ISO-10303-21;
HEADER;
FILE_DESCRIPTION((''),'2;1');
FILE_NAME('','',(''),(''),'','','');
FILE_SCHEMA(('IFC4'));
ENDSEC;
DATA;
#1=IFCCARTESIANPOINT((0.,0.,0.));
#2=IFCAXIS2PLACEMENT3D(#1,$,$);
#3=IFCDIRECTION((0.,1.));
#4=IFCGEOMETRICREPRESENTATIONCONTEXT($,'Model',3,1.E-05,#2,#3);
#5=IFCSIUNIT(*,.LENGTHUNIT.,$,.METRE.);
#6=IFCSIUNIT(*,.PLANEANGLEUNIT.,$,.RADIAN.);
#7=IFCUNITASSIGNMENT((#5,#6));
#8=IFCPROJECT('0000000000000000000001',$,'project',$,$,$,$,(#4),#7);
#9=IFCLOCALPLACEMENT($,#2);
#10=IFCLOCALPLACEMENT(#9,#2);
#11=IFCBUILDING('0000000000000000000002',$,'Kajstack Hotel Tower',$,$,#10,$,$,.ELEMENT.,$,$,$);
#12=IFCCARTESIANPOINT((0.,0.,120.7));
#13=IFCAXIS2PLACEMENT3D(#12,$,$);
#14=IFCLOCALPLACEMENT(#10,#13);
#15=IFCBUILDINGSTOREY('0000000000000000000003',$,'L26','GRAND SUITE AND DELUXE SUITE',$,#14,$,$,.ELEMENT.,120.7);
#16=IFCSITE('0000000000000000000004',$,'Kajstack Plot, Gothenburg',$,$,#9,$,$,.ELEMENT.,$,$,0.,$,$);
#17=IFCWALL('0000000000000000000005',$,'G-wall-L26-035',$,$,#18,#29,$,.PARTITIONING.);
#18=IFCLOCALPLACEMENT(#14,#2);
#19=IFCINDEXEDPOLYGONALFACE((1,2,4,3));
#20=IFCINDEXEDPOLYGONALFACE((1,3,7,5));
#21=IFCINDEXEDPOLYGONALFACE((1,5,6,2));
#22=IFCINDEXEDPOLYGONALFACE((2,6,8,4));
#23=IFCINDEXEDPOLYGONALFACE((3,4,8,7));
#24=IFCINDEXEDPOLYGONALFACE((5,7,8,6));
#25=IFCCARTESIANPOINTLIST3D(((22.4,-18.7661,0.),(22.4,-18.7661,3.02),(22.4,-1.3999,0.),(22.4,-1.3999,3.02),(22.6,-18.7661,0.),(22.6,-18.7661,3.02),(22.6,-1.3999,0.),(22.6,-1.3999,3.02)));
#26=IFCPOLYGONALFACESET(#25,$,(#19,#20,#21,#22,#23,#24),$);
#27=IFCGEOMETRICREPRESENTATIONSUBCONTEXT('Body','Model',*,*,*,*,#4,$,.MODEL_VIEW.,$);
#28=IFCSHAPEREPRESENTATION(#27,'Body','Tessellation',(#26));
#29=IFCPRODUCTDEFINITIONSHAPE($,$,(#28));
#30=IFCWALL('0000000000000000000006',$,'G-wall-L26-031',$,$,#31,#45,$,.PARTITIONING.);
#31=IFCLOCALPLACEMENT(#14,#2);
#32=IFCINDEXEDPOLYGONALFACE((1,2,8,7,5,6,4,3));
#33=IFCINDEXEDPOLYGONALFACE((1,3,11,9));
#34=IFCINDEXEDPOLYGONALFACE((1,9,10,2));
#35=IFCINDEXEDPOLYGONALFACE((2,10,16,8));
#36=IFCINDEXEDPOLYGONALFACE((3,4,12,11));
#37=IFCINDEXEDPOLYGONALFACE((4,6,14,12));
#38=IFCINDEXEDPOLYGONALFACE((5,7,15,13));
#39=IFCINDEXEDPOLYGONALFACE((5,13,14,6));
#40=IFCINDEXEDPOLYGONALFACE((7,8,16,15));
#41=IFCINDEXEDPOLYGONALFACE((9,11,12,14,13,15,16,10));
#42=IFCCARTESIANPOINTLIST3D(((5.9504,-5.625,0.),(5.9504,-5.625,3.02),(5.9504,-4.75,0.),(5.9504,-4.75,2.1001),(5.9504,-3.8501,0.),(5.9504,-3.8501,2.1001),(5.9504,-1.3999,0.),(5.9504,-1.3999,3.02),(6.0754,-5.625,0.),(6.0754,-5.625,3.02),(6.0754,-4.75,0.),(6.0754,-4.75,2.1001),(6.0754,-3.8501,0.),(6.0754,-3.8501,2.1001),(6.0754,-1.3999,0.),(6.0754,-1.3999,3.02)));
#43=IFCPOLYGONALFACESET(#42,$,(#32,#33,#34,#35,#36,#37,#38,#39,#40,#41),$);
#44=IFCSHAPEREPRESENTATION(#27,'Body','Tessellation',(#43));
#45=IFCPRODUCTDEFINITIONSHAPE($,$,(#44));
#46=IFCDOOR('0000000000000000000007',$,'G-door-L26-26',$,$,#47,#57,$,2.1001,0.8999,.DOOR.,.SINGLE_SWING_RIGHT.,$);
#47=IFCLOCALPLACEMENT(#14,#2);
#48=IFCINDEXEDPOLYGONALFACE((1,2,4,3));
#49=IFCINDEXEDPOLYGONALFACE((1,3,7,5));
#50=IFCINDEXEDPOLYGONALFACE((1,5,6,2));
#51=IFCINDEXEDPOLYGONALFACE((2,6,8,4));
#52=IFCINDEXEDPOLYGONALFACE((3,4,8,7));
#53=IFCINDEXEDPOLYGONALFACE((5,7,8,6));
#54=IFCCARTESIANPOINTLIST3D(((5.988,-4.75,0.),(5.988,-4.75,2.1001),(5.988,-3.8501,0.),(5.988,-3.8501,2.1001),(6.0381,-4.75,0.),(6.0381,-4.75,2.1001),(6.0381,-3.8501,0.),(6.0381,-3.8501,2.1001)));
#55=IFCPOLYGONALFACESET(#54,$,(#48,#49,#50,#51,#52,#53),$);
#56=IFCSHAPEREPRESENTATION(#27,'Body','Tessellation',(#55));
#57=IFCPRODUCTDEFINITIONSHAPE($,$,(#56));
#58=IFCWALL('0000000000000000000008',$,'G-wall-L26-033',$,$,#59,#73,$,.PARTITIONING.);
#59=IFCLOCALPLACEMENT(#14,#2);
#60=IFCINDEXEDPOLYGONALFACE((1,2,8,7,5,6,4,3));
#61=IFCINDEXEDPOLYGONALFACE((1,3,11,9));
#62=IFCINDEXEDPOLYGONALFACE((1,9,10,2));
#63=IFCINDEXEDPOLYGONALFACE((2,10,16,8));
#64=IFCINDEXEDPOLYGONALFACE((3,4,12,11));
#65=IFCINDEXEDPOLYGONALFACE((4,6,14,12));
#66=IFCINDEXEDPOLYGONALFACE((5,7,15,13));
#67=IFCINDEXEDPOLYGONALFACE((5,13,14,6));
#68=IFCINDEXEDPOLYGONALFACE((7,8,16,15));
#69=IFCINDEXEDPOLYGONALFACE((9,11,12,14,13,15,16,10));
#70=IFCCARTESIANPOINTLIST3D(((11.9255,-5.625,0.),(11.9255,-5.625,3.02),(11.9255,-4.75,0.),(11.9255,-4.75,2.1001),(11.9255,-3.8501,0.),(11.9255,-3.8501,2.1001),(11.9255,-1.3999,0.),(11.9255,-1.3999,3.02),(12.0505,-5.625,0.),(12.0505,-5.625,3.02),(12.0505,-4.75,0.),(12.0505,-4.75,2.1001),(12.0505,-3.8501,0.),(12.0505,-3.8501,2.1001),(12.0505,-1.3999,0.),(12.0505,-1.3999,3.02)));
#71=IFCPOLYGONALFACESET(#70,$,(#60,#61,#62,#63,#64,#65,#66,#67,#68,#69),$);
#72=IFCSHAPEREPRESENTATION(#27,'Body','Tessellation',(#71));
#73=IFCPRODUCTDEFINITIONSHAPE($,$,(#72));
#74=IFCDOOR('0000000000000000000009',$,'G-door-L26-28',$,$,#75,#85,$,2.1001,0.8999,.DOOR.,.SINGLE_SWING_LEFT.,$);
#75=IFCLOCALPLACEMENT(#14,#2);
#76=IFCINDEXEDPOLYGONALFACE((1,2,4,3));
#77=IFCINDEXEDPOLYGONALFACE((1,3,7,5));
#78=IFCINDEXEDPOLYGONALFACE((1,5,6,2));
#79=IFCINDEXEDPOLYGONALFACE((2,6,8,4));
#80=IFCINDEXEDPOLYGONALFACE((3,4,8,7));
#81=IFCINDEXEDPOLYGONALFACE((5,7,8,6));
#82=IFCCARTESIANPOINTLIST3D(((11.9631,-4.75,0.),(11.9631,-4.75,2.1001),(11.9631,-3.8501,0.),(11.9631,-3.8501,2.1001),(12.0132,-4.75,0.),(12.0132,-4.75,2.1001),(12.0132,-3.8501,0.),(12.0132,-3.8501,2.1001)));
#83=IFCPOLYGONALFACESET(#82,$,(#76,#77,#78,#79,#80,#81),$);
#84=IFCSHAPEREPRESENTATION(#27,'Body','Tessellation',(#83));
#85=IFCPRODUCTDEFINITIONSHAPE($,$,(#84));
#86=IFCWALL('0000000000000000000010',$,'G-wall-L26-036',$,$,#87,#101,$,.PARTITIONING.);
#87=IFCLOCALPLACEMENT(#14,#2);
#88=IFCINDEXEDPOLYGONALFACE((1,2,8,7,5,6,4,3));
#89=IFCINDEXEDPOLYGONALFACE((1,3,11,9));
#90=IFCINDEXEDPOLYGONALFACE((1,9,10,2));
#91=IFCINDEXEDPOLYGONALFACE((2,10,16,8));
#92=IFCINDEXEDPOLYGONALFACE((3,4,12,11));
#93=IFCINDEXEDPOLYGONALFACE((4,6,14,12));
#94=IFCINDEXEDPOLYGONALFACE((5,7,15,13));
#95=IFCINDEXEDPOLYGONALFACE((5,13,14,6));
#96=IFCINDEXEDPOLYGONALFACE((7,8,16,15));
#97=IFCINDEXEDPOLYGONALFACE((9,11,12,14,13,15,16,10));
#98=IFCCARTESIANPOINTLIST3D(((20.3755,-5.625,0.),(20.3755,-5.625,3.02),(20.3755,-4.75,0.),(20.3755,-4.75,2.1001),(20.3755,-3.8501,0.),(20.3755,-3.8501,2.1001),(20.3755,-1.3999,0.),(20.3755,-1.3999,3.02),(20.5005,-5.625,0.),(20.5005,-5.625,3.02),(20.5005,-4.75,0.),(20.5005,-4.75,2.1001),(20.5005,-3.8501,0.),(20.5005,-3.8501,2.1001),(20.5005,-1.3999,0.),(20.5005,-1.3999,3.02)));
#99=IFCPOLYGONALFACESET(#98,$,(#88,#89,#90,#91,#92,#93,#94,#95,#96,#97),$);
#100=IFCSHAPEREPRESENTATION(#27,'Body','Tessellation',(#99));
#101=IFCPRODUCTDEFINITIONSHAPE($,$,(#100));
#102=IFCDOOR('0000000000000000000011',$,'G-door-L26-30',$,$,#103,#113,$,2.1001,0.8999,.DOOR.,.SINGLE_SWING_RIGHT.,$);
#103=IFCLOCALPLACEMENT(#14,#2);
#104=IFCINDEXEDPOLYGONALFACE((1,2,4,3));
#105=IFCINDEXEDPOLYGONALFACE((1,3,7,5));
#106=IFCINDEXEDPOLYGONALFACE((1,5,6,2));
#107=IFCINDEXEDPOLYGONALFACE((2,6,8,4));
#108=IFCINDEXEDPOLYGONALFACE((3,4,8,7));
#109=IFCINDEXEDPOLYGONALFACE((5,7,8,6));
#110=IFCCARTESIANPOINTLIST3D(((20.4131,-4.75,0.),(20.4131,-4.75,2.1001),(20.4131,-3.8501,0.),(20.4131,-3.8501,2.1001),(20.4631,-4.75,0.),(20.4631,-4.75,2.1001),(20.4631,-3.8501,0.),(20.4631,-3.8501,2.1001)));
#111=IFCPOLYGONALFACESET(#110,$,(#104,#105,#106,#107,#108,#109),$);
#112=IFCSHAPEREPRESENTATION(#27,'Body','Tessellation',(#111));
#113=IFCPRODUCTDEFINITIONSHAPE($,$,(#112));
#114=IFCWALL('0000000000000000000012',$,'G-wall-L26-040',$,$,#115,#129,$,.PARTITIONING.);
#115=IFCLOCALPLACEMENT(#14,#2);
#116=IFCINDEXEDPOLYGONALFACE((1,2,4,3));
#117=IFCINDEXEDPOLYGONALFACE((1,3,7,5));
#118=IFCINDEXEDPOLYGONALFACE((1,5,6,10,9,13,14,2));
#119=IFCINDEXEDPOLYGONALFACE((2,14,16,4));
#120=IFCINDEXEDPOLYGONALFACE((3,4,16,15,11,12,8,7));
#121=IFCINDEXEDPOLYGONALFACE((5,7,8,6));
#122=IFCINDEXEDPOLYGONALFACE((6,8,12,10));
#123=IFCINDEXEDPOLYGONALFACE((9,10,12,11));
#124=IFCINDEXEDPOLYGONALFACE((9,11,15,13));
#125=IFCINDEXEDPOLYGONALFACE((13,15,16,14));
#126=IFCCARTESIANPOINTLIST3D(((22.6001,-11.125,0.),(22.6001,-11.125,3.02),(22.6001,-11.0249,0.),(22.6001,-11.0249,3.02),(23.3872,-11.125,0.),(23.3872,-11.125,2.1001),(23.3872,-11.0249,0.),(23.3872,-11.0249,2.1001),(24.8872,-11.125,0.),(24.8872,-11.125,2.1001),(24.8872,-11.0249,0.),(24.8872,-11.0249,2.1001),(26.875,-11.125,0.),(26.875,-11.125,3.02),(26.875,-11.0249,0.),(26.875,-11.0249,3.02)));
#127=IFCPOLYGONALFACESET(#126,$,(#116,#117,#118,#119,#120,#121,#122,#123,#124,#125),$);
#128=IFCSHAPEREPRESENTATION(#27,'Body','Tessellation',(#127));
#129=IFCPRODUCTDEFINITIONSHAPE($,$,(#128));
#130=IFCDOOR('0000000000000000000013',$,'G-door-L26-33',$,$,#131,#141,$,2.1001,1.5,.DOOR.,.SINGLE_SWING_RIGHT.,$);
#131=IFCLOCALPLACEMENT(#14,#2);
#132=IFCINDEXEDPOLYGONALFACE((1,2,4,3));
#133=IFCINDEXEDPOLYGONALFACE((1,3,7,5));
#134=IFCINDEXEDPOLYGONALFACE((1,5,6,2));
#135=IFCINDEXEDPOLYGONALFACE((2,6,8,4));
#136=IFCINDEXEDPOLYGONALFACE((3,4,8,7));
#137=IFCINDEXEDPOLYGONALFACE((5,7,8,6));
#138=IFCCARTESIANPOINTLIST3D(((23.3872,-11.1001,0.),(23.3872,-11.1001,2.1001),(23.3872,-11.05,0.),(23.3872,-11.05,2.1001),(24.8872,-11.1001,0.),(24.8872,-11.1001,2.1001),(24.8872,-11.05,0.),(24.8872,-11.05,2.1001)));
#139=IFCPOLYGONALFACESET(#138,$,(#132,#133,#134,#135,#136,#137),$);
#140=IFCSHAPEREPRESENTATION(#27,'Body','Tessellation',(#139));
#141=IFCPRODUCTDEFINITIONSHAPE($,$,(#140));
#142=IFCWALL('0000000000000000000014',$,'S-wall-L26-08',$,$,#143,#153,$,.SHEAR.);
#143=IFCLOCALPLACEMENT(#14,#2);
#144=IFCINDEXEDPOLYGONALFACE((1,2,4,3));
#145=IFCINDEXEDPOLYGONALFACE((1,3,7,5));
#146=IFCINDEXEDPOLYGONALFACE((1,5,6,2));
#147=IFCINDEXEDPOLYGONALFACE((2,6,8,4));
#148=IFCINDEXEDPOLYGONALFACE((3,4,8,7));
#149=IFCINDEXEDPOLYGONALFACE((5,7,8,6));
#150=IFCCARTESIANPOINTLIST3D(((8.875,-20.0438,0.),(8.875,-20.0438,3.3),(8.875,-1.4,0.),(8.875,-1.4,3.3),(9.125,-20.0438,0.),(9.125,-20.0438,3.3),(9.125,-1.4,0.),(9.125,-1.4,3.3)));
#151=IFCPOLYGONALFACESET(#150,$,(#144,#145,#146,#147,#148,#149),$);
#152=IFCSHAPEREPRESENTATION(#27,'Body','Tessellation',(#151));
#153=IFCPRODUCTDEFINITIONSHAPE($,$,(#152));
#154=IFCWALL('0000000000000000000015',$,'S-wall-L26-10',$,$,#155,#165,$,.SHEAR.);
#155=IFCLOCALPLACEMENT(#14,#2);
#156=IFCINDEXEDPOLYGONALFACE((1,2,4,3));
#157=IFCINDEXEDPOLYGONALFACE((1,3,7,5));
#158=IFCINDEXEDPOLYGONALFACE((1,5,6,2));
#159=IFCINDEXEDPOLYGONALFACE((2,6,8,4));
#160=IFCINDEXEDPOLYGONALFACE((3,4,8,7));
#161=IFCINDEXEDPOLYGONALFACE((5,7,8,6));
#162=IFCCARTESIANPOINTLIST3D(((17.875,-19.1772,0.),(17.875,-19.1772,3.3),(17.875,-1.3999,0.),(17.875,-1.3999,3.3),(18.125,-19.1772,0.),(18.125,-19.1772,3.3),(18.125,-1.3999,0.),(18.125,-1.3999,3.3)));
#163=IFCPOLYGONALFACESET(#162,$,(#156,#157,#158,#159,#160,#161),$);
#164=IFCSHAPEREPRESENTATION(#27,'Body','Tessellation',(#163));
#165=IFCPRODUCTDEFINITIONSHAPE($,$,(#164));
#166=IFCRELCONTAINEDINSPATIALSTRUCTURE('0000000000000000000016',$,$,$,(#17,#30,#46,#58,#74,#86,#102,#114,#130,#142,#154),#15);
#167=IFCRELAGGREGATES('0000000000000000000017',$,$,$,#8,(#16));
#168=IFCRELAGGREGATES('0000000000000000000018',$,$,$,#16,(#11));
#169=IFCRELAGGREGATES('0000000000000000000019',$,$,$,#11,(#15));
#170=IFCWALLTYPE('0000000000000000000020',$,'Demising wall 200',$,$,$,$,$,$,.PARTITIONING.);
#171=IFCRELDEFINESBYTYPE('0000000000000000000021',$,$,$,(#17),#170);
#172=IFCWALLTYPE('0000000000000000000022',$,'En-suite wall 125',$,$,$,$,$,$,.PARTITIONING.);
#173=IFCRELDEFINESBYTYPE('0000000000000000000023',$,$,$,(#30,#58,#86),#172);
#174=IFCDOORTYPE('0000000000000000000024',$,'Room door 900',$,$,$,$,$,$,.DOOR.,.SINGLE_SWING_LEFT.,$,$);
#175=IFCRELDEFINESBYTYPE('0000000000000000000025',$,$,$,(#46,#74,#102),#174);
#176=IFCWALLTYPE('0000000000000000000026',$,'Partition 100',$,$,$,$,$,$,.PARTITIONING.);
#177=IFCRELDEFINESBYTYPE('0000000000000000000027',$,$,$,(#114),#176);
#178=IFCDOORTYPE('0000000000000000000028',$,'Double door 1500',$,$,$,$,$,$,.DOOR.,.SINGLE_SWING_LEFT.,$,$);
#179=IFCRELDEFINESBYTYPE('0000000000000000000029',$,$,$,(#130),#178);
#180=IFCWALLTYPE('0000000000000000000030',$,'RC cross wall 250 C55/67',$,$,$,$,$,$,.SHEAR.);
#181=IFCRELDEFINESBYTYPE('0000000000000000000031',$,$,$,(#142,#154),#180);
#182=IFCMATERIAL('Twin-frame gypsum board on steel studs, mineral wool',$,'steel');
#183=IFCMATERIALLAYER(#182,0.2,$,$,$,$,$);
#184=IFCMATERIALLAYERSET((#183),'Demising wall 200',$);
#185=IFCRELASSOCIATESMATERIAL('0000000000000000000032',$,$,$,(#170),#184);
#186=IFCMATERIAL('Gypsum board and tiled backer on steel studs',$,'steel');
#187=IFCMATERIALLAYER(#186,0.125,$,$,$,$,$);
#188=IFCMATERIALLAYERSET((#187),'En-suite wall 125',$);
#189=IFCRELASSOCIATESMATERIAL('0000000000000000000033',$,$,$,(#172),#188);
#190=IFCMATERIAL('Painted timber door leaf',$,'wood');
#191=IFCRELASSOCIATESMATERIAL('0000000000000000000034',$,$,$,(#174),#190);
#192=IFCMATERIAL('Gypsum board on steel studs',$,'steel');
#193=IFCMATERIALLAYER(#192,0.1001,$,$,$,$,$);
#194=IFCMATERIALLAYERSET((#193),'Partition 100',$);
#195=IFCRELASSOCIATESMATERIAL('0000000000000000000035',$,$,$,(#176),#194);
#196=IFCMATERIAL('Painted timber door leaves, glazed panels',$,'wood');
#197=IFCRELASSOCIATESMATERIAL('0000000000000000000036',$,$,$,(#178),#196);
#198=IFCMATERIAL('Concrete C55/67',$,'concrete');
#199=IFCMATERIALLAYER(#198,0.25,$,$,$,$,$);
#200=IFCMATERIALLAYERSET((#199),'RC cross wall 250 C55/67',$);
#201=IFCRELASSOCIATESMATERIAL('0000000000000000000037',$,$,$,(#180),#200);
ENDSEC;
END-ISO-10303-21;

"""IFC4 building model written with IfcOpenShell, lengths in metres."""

from ifc_helpers import new_model, si_unit, direction, frame, frame_2d, origin, place, context, subcontext, project, spatial, rectangle, extrude, material, layer, layer_set, type_object, element, fill, save


model = new_model("IFC4")

# Units and contexts
model_context = context("Model", 3, precision=1e-05, world=origin(), true_north=direction((0.0, 1.0)))
body_context = subcontext(model_context, "Body", "Model", "MODEL_VIEW")
ifc_project = project(units=[si_unit("LENGTHUNIT", "METRE"), si_unit("PLANEANGLEUNIT", "RADIAN")], contexts=[model_context])

# Site, building, storey
site_placement = place(None, origin())
site = spatial("IfcSite", under=ifc_project, at=site_placement, Name="Kajstack Plot, Gothenburg", CompositionType="ELEMENT", RefElevation=0.0)
building_placement = place(site_placement, origin())
building = spatial("IfcBuilding", under=site, at=building_placement, Name="Kajstack Hotel Tower", CompositionType="ELEMENT")
storey_placement = place(building_placement, frame((0.0, 0.0, 120.7)))
storey = spatial("IfcBuildingStorey", under=building, at=storey_placement, Name="L26", Description="GRAND SUITE AND DELUXE SUITE", CompositionType="ELEMENT", Elevation=120.7)

# Wall
ifc_material_1 = material(Name="Twin-frame gypsum board on steel studs, mineral wool", Category="steel")
ifc_layer_1 = layer(ifc_material_1, 0.2)
ifc_layer_set_1 = layer_set([ifc_layer_1], Name="Demising wall 200")
wall_type_1 = type_object("IfcWallType", Name="Demising wall 200", PredefinedType="PARTITIONING", material=ifc_layer_set_1)
wall_1_placement = place(storey_placement, frame((22.5, -18.7661, 0.0), z_axis=(0.0, 0.0, 1.0), x_axis=(0.0, 1.0, 0.0)))
element("IfcWall", 1, at=wall_1_placement, inside=storey, type_object=wall_type_1, Name="G-wall-L26-035", PredefinedType="PARTITIONING", context=body_context, shape_type="SweptSolid", body=[
    extrude(rectangle(XDim=17.3662, YDim=0.2, at=frame_2d((8.6831, 0.0))), origin(), (0.0, 0.0, 1.0), 3.02),
])

# Walls, openings, doors
ifc_material_2 = material(Name="Gypsum board and tiled backer on steel studs", Category="steel")
ifc_layer_2 = layer(ifc_material_2, 0.125)
ifc_layer_set_2 = layer_set([ifc_layer_2], Name="En-suite wall 125")
wall_type_2 = type_object("IfcWallType", Name="En-suite wall 125", PredefinedType="PARTITIONING", material=ifc_layer_set_2)
wall_2_placement = place(storey_placement, frame((6.0129, -5.625, 0.0), z_axis=(0.0, 0.0, 1.0), x_axis=(0.0, 1.0, 0.0)))
wall_2 = element("IfcWall", 2, at=wall_2_placement, inside=storey, type_object=wall_type_2, Name="G-wall-L26-031", PredefinedType="PARTITIONING", context=body_context, shape_type="SweptSolid", body=[
    extrude(rectangle(XDim=4.2251, YDim=0.125, at=frame_2d((2.1125, 0.0))), origin(), (0.0, 0.0, 1.0), 3.02),
])
opening_1_placement = place(wall_2_placement, frame((0.875, 0.0, 0.0)))
opening_1 = element("IfcOpeningElement", 3, at=opening_1_placement, cuts=wall_2, PredefinedType="OPENING", context=body_context, shape_type="SweptSolid", body=[
    extrude(rectangle(XDim=0.8999, YDim=2.1001, at=frame_2d((0.45, 1.05))), frame((0.0, 0.0725, 0.0), z_axis=(0.0, -1.0, 0.0), x_axis=(1.0, 0.0, 0.0)), (0.0, 0.0, 1.0), 0.145),
])
ifc_material_3 = material(Name="Painted timber door leaf", Category="wood")
door_type_1 = type_object("IfcDoorType", Name="Room door 900", OperationType="SINGLE_SWING_LEFT", PredefinedType="DOOR", material=ifc_material_3)
door_1_placement = place(opening_1_placement, origin())
door_1 = element("IfcDoor", 4, at=door_1_placement, inside=storey, type_object=door_type_1, Name="G-door-L26-26", OperationType="SINGLE_SWING_RIGHT", OverallHeight=2.1001, OverallWidth=0.8999, PredefinedType="DOOR", context=body_context, shape_type="SweptSolid", body=[
    extrude(rectangle(XDim=0.8999, YDim=2.1001, at=frame_2d((0.45, 1.05))), frame((0.0, 0.0249, 0.0), z_axis=(0.0, -1.0, 0.0), x_axis=(1.0, 0.0, 0.0)), (0.0, 0.0, 1.0), 0.05),
])
fill(opening_1, door_1)
wall_3_placement = place(storey_placement, frame((11.988, -5.625, 0.0), z_axis=(0.0, 0.0, 1.0), x_axis=(0.0, 1.0, 0.0)))
wall_3 = element("IfcWall", 5, at=wall_3_placement, inside=storey, type_object=wall_type_2, Name="G-wall-L26-033", PredefinedType="PARTITIONING", context=body_context, shape_type="SweptSolid", body=[
    extrude(rectangle(XDim=4.2251, YDim=0.125, at=frame_2d((2.1125, 0.0))), origin(), (0.0, 0.0, 1.0), 3.02),
])
opening_2_placement = place(wall_3_placement, frame((0.875, 0.0, 0.0)))
opening_2 = element("IfcOpeningElement", 6, at=opening_2_placement, cuts=wall_3, PredefinedType="OPENING", context=body_context, shape_type="SweptSolid", body=[
    extrude(rectangle(XDim=0.8999, YDim=2.1001, at=frame_2d((0.45, 1.05))), frame((0.0, 0.0725, 0.0), z_axis=(0.0, -1.0, 0.0), x_axis=(1.0, 0.0, 0.0)), (0.0, 0.0, 1.0), 0.145),
])
door_2_placement = place(opening_2_placement, origin())
door_2 = element("IfcDoor", 7, at=door_2_placement, inside=storey, type_object=door_type_1, Name="G-door-L26-28", OperationType="SINGLE_SWING_LEFT", OverallHeight=2.1001, OverallWidth=0.8999, PredefinedType="DOOR", context=body_context, shape_type="SweptSolid", body=[
    extrude(rectangle(XDim=0.8999, YDim=2.1001, at=frame_2d((0.45, 1.05))), frame((0.0, 0.0249, 0.0), z_axis=(0.0, -1.0, 0.0), x_axis=(1.0, 0.0, 0.0)), (0.0, 0.0, 1.0), 0.05),
])
fill(opening_2, door_2)
wall_4_placement = place(storey_placement, frame((20.438, -5.625, 0.0), z_axis=(0.0, 0.0, 1.0), x_axis=(0.0, 1.0, 0.0)))
wall_4 = element("IfcWall", 8, at=wall_4_placement, inside=storey, type_object=wall_type_2, Name="G-wall-L26-036", PredefinedType="PARTITIONING", context=body_context, shape_type="SweptSolid", body=[
    extrude(rectangle(XDim=4.2251, YDim=0.125, at=frame_2d((2.1125, 0.0))), origin(), (0.0, 0.0, 1.0), 3.02),
])
opening_3_placement = place(wall_4_placement, frame((0.875, 0.0, 0.0)))
opening_3 = element("IfcOpeningElement", 9, at=opening_3_placement, cuts=wall_4, PredefinedType="OPENING", context=body_context, shape_type="SweptSolid", body=[
    extrude(rectangle(XDim=0.8999, YDim=2.1001, at=frame_2d((0.45, 1.05))), frame((0.0, 0.0725, 0.0), z_axis=(0.0, -1.0, 0.0), x_axis=(1.0, 0.0, 0.0)), (0.0, 0.0, 1.0), 0.145),
])
door_3_placement = place(opening_3_placement, origin())
door_3 = element("IfcDoor", 10, at=door_3_placement, inside=storey, type_object=door_type_1, Name="G-door-L26-30", OperationType="SINGLE_SWING_RIGHT", OverallHeight=2.1001, OverallWidth=0.8999, PredefinedType="DOOR", context=body_context, shape_type="SweptSolid", body=[
    extrude(rectangle(XDim=0.8999, YDim=2.1001, at=frame_2d((0.45, 1.05))), frame((0.0, 0.0249, 0.0), z_axis=(0.0, -1.0, 0.0), x_axis=(1.0, 0.0, 0.0)), (0.0, 0.0, 1.0), 0.05),
])
fill(opening_3, door_3)
ifc_material_4 = material(Name="Gypsum board on steel studs", Category="steel")
ifc_layer_3 = layer(ifc_material_4, 0.1001)
ifc_layer_set_3 = layer_set([ifc_layer_3], Name="Partition 100")
wall_type_3 = type_object("IfcWallType", Name="Partition 100", PredefinedType="PARTITIONING", material=ifc_layer_set_3)
wall_5_placement = place(storey_placement, frame((22.6001, -11.075, 0.0), z_axis=(0.0, 0.0, 1.0), x_axis=(1.0, 0.0, 0.0)))
wall_5 = element("IfcWall", 11, at=wall_5_placement, inside=storey, type_object=wall_type_3, Name="G-wall-L26-040", PredefinedType="PARTITIONING", context=body_context, shape_type="SweptSolid", body=[
    extrude(rectangle(XDim=4.2749, YDim=0.1001, at=frame_2d((2.1375, 0.0))), origin(), (0.0, 0.0, 1.0), 3.02),
])
opening_4_placement = place(wall_5_placement, frame((0.7871, 0.0, 0.0)))
opening_4 = element("IfcOpeningElement", 12, at=opening_4_placement, cuts=wall_5, PredefinedType="OPENING", context=body_context, shape_type="SweptSolid", body=[
    extrude(rectangle(XDim=1.5, YDim=2.1001, at=frame_2d((0.75, 1.05))), frame((0.0, 0.0601, 0.0), z_axis=(0.0, -1.0, 0.0), x_axis=(1.0, 0.0, 0.0)), (0.0, 0.0, 1.0), 0.1201),
])
ifc_material_5 = material(Name="Painted timber door leaves, glazed panels", Category="wood")
door_type_2 = type_object("IfcDoorType", Name="Double door 1500", OperationType="SINGLE_SWING_LEFT", PredefinedType="DOOR", material=ifc_material_5)
door_4_placement = place(opening_4_placement, origin())
door_4 = element("IfcDoor", 13, at=door_4_placement, inside=storey, type_object=door_type_2, Name="G-door-L26-33", OperationType="SINGLE_SWING_RIGHT", OverallHeight=2.1001, OverallWidth=1.5, PredefinedType="DOOR", context=body_context, shape_type="SweptSolid", body=[
    extrude(rectangle(XDim=1.5, YDim=2.1001, at=frame_2d((0.75, 1.05))), frame((0.0, 0.0249, 0.0), z_axis=(0.0, -1.0, 0.0), x_axis=(1.0, 0.0, 0.0)), (0.0, 0.0, 1.0), 0.05),
])
fill(opening_4, door_4)

# Walls
ifc_material_6 = material(Name="Concrete C55/67", Category="concrete")
ifc_layer_4 = layer(ifc_material_6, 0.25)
ifc_layer_set_4 = layer_set([ifc_layer_4], Name="RC cross wall 250 C55/67")
wall_type_4 = type_object("IfcWallType", Name="RC cross wall 250 C55/67", PredefinedType="SHEAR", material=ifc_layer_set_4)
wall_6_placement = place(storey_placement, frame((9.0, -20.0437, 0.0), z_axis=(0.0, 0.0, 1.0), x_axis=(0.0, 1.0, 0.0)))
element("IfcWall", 14, at=wall_6_placement, inside=storey, type_object=wall_type_4, Name="S-wall-L26-08", PredefinedType="SHEAR", context=body_context, shape_type="SweptSolid", body=[
    extrude(rectangle(XDim=18.6438, YDim=0.25, at=frame_2d((9.3218, 0.0))), origin(), (0.0, 0.0, 1.0), 3.3),
])
wall_7_placement = place(storey_placement, frame((18.0, -19.1772, 0.0), z_axis=(0.0, 0.0, 1.0), x_axis=(0.0, 1.0, 0.0)))
element("IfcWall", 15, at=wall_7_placement, inside=storey, type_object=wall_type_4, Name="S-wall-L26-10", PredefinedType="SHEAR", context=body_context, shape_type="SweptSolid", body=[
    extrude(rectangle(XDim=17.7773, YDim=0.25, at=frame_2d((8.8887, 0.0))), origin(), (0.0, 0.0, 1.0), 3.3),
])

save(model, "model.ifc")
